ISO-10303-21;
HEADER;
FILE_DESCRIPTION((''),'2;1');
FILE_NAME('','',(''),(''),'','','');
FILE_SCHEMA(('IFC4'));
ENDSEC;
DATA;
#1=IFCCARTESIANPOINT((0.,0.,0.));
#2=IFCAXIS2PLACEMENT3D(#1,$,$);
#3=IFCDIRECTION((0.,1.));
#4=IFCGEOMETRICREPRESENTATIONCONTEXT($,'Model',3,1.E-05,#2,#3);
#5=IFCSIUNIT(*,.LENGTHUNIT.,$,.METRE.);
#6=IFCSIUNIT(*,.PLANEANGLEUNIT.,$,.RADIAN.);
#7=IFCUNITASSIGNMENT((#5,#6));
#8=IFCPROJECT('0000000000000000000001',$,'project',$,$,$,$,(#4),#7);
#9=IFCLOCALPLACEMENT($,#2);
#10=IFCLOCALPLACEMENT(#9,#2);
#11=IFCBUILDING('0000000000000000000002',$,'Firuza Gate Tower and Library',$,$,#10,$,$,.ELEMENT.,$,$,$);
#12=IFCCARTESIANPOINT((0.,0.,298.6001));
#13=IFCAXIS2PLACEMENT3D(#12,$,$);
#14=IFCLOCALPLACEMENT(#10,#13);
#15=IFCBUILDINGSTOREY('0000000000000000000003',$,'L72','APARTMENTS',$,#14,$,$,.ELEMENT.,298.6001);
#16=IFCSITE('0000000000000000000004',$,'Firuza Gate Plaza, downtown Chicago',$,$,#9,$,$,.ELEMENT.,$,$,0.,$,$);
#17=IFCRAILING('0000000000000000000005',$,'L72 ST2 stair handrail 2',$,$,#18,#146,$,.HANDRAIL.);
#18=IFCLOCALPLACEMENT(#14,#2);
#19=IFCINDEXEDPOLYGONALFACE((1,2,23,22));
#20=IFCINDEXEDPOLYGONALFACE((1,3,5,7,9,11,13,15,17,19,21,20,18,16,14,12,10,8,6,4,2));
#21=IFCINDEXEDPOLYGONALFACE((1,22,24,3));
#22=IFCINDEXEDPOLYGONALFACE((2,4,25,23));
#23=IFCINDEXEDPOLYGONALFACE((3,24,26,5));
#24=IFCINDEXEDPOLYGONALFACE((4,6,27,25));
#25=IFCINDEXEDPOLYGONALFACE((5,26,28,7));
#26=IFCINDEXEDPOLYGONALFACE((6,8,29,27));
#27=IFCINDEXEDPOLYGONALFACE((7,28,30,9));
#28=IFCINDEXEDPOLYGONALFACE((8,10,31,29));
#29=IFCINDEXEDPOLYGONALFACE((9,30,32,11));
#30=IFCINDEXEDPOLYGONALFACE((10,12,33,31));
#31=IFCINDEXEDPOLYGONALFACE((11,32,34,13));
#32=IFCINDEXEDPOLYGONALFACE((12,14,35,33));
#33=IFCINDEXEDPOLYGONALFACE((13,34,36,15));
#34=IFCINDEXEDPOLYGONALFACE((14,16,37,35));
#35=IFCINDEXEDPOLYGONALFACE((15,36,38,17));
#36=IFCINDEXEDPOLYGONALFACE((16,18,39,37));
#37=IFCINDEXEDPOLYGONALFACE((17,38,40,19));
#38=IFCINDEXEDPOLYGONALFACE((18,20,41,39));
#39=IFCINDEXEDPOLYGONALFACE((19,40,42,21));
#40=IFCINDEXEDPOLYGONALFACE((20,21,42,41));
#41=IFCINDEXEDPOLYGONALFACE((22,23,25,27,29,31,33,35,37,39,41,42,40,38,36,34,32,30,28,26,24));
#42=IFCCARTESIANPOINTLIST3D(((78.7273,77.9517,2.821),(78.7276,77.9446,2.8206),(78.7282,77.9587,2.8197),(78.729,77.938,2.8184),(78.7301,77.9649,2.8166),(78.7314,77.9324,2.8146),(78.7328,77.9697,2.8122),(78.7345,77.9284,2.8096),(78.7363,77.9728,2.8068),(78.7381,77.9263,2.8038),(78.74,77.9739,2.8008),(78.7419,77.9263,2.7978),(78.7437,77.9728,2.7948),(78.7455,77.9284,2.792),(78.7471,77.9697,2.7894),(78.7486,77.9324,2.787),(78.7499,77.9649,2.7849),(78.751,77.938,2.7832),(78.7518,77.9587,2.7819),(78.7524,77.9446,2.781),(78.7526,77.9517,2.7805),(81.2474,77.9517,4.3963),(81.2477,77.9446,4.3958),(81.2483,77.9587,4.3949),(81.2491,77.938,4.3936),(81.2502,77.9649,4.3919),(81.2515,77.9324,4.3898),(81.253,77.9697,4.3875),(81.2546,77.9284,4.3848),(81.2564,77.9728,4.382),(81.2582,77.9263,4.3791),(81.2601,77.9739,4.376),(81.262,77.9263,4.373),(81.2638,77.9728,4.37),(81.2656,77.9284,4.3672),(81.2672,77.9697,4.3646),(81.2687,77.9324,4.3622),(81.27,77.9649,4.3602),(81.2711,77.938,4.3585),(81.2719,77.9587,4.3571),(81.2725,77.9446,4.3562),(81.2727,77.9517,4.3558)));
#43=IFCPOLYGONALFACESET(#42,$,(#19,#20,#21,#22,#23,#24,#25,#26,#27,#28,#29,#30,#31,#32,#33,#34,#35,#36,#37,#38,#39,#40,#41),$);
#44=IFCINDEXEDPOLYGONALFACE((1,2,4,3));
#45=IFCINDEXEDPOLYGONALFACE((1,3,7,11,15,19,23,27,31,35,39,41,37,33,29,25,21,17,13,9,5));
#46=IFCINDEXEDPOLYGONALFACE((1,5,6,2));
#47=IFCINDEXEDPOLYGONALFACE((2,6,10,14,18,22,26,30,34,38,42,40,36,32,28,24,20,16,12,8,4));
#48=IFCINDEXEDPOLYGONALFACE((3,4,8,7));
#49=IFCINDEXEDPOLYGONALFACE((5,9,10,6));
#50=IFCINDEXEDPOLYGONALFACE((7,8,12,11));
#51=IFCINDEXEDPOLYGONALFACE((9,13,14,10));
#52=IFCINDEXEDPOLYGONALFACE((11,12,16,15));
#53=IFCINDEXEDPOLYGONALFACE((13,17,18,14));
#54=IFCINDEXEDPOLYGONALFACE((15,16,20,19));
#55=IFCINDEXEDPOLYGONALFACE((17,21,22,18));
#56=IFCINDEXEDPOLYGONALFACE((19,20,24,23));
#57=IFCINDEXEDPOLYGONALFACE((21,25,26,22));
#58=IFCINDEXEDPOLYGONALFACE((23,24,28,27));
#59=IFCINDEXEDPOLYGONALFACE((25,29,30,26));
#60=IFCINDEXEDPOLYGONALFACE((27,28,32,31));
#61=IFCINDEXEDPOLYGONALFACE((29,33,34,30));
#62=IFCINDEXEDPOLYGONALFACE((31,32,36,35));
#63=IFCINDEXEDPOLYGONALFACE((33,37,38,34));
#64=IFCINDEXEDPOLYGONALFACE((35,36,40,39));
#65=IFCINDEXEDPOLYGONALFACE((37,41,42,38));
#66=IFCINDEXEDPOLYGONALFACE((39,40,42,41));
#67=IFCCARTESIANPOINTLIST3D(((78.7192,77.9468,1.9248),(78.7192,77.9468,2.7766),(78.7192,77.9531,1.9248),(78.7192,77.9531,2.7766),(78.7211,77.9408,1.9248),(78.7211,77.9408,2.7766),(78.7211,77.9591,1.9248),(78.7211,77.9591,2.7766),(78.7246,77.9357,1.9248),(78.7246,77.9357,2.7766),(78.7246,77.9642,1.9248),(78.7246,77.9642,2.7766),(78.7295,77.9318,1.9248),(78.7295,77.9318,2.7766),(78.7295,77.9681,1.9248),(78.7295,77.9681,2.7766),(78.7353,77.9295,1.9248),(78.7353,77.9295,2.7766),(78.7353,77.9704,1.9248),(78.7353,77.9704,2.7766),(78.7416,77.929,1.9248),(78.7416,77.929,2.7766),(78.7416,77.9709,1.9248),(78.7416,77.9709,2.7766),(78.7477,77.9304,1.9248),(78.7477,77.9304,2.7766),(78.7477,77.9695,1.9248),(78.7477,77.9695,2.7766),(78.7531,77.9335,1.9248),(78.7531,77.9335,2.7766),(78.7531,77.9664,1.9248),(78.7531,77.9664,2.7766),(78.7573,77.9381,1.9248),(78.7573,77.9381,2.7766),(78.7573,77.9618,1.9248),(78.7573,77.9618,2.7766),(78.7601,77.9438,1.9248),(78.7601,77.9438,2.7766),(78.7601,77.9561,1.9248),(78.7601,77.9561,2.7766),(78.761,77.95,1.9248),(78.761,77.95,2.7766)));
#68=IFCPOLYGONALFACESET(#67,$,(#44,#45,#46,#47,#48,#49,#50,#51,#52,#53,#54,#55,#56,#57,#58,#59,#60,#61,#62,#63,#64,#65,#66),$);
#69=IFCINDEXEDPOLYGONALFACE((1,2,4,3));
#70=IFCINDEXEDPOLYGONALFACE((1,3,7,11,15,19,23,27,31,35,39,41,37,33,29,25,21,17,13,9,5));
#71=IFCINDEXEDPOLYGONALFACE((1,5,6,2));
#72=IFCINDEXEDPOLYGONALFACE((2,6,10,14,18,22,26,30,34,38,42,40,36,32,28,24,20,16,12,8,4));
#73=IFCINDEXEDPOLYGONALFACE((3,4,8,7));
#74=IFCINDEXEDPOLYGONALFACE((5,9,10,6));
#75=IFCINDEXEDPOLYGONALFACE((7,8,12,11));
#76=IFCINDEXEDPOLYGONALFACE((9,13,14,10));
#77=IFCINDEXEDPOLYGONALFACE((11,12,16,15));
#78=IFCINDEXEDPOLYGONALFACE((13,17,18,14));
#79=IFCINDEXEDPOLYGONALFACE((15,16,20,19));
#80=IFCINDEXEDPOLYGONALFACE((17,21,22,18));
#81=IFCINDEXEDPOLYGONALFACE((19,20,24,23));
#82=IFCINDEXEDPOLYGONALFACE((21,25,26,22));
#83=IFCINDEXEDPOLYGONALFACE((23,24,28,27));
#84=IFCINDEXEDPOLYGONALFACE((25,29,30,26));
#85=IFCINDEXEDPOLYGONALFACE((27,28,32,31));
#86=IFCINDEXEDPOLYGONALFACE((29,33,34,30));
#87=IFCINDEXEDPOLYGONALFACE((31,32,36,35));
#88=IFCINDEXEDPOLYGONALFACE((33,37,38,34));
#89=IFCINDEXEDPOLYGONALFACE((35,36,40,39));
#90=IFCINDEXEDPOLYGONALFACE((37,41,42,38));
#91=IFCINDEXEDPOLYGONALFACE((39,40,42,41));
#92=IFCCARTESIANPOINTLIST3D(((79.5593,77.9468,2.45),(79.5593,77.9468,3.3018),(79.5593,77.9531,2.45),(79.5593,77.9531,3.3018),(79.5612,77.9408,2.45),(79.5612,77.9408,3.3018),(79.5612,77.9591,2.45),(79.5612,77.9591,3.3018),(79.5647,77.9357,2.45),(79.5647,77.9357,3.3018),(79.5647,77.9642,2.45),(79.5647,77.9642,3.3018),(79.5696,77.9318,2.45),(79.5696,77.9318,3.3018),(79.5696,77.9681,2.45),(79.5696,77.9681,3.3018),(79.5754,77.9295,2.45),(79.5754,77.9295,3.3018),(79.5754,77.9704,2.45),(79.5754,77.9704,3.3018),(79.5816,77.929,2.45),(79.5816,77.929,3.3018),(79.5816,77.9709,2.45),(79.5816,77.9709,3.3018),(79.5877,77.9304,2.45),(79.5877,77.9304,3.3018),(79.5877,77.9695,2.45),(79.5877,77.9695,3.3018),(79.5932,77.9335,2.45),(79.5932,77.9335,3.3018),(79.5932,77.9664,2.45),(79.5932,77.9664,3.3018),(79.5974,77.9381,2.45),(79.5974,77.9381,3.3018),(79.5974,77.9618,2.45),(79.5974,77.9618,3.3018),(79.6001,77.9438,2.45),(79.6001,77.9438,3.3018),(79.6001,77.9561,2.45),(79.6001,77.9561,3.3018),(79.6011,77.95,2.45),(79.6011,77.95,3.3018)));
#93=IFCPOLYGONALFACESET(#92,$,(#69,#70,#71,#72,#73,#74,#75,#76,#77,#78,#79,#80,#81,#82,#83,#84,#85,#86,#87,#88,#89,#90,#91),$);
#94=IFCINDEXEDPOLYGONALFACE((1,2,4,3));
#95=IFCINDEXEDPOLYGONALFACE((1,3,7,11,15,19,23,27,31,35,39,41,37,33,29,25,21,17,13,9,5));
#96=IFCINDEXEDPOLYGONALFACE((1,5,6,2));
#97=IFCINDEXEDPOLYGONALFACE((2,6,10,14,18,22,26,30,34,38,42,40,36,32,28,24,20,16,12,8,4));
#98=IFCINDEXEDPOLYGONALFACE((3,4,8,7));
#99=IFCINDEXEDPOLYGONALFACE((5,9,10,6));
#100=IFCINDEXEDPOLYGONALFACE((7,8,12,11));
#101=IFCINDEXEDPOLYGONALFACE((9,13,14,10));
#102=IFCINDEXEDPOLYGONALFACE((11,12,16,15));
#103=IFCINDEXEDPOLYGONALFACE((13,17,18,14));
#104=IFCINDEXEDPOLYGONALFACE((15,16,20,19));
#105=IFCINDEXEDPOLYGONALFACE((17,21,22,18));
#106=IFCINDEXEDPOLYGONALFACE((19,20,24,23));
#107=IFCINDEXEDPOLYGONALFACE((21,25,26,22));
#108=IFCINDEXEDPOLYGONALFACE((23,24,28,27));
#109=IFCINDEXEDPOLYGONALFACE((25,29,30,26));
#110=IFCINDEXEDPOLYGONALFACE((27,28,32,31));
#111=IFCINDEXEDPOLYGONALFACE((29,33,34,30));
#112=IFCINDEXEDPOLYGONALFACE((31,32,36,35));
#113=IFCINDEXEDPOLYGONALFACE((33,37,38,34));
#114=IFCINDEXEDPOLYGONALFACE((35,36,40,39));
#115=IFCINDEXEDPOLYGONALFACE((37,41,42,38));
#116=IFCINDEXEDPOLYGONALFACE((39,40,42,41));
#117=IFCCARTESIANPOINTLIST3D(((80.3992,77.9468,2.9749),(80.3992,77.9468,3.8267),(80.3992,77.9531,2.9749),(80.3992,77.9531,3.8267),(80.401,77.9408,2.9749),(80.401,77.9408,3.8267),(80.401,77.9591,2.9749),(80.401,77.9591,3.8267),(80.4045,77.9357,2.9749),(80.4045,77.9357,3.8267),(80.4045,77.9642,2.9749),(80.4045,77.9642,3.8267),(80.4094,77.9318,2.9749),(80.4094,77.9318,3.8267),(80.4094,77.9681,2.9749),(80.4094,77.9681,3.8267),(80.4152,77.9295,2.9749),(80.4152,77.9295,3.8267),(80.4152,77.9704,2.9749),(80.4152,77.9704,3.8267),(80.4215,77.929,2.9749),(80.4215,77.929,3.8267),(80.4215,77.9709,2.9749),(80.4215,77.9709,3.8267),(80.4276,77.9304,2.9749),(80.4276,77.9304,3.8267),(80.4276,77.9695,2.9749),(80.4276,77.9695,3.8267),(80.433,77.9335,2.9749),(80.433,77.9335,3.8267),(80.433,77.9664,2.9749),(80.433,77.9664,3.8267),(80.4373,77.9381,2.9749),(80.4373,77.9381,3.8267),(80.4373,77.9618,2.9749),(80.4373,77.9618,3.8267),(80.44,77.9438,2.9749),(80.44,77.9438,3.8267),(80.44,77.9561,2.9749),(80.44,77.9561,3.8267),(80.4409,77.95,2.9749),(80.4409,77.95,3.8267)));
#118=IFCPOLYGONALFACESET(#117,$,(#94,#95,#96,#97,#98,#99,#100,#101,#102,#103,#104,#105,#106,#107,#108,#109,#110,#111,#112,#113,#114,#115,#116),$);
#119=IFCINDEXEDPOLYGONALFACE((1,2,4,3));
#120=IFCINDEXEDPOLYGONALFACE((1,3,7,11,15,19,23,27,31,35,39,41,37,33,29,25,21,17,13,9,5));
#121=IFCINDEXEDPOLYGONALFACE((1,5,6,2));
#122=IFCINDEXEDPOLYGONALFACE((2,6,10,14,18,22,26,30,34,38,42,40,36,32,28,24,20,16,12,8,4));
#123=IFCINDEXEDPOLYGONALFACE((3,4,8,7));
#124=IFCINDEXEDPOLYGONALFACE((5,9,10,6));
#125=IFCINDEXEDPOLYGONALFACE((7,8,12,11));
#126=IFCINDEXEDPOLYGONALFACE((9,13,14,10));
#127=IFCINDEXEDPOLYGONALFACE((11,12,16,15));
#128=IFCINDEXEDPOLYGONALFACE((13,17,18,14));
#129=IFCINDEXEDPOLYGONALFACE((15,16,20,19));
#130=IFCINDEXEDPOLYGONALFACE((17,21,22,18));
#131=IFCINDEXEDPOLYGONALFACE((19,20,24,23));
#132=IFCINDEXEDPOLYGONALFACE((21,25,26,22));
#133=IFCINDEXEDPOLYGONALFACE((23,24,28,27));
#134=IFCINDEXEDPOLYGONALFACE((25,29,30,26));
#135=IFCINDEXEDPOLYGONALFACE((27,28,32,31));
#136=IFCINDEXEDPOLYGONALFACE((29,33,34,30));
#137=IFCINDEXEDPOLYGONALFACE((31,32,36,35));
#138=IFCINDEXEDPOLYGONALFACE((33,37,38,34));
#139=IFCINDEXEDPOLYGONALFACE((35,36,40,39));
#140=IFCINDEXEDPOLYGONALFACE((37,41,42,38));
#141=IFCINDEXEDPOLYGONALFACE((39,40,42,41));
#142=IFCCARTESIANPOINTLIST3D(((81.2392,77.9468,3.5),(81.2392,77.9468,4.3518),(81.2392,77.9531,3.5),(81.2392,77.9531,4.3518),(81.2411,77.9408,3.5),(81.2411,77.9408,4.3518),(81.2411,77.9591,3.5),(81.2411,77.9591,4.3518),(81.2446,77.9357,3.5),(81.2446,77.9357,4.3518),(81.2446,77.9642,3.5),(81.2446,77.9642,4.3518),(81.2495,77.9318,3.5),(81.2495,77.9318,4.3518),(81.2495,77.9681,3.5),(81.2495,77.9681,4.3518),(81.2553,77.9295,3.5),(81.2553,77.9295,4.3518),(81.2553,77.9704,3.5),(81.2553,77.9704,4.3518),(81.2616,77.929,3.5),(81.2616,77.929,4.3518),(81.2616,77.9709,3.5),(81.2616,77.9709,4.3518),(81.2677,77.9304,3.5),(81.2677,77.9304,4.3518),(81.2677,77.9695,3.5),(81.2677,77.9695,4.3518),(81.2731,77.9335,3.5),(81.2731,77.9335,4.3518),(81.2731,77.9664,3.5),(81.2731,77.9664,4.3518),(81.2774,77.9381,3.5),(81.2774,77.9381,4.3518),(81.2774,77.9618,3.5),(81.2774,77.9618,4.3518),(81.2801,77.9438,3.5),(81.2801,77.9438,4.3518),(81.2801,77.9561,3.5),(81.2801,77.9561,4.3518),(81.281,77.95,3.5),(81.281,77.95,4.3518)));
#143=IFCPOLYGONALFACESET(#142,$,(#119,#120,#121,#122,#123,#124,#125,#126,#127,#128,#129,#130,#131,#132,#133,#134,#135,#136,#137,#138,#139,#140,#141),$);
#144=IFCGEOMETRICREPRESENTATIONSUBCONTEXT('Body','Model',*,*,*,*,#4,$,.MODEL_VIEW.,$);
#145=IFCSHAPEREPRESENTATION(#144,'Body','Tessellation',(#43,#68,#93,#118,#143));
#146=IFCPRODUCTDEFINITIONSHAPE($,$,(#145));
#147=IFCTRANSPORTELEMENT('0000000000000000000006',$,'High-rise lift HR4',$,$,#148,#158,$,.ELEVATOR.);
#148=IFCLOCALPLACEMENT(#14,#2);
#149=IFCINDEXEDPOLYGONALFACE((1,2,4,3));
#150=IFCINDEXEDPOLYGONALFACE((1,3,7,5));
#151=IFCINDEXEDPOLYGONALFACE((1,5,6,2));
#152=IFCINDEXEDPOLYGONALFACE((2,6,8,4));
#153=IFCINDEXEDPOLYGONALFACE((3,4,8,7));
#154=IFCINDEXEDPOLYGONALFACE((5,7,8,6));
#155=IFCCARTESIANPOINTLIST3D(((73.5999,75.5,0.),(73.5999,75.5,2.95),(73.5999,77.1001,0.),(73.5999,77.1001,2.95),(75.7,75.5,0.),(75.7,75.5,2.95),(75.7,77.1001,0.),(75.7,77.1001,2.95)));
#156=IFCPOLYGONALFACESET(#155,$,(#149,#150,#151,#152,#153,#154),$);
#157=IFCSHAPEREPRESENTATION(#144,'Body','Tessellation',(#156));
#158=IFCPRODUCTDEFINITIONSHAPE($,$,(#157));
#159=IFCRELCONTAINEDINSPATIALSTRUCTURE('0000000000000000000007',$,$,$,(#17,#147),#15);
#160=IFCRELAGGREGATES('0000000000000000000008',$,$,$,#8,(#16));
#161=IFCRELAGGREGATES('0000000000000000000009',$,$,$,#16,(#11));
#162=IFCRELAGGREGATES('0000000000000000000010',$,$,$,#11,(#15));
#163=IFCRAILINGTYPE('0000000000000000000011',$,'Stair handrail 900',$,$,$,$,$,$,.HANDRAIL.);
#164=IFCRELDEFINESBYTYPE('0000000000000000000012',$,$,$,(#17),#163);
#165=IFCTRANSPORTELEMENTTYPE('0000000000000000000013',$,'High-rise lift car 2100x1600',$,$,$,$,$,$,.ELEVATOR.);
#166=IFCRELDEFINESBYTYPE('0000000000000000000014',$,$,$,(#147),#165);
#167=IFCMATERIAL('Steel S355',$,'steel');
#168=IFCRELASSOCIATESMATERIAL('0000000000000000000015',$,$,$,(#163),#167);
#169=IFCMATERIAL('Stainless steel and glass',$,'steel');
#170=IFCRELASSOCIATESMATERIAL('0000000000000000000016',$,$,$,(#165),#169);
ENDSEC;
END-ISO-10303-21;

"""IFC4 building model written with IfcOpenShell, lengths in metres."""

from ifc_helpers import new_model, si_unit, direction, frame, origin, origin_2d, place, context, subcontext, project, spatial, rectangle, circle, extrude, material, type_object, element, save


model = new_model("IFC4")

# Units and contexts
model_context = context("Model", 3, precision=1e-05, world=origin(), true_north=direction((0.0, 1.0)))
body_context = subcontext(model_context, "Body", "Model", "MODEL_VIEW")
ifc_project = project(units=[si_unit("LENGTHUNIT", "METRE"), si_unit("PLANEANGLEUNIT", "RADIAN")], contexts=[model_context])

# Site, building, storey
site_placement = place(None, origin())
site = spatial("IfcSite", under=ifc_project, at=site_placement, Name="Firuza Gate Plaza, downtown Chicago", CompositionType="ELEMENT", RefElevation=0.0)
building_placement = place(site_placement, origin())
building = spatial("IfcBuilding", under=site, at=building_placement, Name="Firuza Gate Tower and Library", CompositionType="ELEMENT")
storey_placement = place(building_placement, frame((0.0, 0.0, 298.6001)))
storey = spatial("IfcBuildingStorey", under=building, at=storey_placement, Name="L72", Description="APARTMENTS", CompositionType="ELEMENT", Elevation=298.6001)

# Railing
ifc_material_1 = material(Name="Steel S355", Category="steel")
railing_type_1 = type_object("IfcRailingType", Name="Stair handrail 900", PredefinedType="HANDRAIL", material=ifc_material_1)
railing_1_placement = place(storey_placement, frame((78.74, 77.95, 1.9248)))
element("IfcRailing", 1, at=railing_1_placement, inside=storey, type_object=railing_type_1, Name="L72 ST2 stair handrail 2", PredefinedType="HANDRAIL", context=body_context, shape_type="SweptSolid", body=[
    extrude(circle(Radius=0.0239, at=origin_2d()), frame((0.0, 0.0, 0.876), z_axis=(0.847971, 0.0, 0.530043), x_axis=(0.0, 1.0, 0.0)), (0.0, 0.0, 1.0), 2.9719),
    extrude(circle(Radius=0.021, at=origin_2d()), origin(), (0.0, 0.0, 1.0), 0.8518),
    extrude(circle(Radius=0.021, at=origin_2d()), frame((0.8401, 0.0, 0.5251)), (0.0, 0.0, 1.0), 0.8518),
    extrude(circle(Radius=0.021, at=origin_2d()), frame((1.6799, 0.0, 1.05)), (0.0, 0.0, 1.0), 0.8518),
    extrude(circle(Radius=0.021, at=origin_2d()), frame((2.52, 0.0, 1.5752)), (0.0, 0.0, 1.0), 0.8518),
])

# Transport element
ifc_material_2 = material(Name="Stainless steel and glass", Category="steel")
transport_element_type = type_object("IfcTransportElementType", Name="High-rise lift car 2100x1600", PredefinedType="ELEVATOR", material=ifc_material_2)
transport_element_placement = place(storey_placement, frame((74.6499, 76.3, 0.0), z_axis=(0.0, 0.0, 1.0), x_axis=(1.0, 0.0, 0.0)))
element("IfcTransportElement", 2, at=transport_element_placement, inside=storey, type_object=transport_element_type, Name="High-rise lift HR4", PredefinedType="ELEVATOR", context=body_context, shape_type="SweptSolid", body=[
    extrude(rectangle(XDim=2.1001, YDim=1.6001, at=origin_2d()), origin(), (0.0, 0.0, 1.0), 2.95),
])

save(model, "model.ifc")
